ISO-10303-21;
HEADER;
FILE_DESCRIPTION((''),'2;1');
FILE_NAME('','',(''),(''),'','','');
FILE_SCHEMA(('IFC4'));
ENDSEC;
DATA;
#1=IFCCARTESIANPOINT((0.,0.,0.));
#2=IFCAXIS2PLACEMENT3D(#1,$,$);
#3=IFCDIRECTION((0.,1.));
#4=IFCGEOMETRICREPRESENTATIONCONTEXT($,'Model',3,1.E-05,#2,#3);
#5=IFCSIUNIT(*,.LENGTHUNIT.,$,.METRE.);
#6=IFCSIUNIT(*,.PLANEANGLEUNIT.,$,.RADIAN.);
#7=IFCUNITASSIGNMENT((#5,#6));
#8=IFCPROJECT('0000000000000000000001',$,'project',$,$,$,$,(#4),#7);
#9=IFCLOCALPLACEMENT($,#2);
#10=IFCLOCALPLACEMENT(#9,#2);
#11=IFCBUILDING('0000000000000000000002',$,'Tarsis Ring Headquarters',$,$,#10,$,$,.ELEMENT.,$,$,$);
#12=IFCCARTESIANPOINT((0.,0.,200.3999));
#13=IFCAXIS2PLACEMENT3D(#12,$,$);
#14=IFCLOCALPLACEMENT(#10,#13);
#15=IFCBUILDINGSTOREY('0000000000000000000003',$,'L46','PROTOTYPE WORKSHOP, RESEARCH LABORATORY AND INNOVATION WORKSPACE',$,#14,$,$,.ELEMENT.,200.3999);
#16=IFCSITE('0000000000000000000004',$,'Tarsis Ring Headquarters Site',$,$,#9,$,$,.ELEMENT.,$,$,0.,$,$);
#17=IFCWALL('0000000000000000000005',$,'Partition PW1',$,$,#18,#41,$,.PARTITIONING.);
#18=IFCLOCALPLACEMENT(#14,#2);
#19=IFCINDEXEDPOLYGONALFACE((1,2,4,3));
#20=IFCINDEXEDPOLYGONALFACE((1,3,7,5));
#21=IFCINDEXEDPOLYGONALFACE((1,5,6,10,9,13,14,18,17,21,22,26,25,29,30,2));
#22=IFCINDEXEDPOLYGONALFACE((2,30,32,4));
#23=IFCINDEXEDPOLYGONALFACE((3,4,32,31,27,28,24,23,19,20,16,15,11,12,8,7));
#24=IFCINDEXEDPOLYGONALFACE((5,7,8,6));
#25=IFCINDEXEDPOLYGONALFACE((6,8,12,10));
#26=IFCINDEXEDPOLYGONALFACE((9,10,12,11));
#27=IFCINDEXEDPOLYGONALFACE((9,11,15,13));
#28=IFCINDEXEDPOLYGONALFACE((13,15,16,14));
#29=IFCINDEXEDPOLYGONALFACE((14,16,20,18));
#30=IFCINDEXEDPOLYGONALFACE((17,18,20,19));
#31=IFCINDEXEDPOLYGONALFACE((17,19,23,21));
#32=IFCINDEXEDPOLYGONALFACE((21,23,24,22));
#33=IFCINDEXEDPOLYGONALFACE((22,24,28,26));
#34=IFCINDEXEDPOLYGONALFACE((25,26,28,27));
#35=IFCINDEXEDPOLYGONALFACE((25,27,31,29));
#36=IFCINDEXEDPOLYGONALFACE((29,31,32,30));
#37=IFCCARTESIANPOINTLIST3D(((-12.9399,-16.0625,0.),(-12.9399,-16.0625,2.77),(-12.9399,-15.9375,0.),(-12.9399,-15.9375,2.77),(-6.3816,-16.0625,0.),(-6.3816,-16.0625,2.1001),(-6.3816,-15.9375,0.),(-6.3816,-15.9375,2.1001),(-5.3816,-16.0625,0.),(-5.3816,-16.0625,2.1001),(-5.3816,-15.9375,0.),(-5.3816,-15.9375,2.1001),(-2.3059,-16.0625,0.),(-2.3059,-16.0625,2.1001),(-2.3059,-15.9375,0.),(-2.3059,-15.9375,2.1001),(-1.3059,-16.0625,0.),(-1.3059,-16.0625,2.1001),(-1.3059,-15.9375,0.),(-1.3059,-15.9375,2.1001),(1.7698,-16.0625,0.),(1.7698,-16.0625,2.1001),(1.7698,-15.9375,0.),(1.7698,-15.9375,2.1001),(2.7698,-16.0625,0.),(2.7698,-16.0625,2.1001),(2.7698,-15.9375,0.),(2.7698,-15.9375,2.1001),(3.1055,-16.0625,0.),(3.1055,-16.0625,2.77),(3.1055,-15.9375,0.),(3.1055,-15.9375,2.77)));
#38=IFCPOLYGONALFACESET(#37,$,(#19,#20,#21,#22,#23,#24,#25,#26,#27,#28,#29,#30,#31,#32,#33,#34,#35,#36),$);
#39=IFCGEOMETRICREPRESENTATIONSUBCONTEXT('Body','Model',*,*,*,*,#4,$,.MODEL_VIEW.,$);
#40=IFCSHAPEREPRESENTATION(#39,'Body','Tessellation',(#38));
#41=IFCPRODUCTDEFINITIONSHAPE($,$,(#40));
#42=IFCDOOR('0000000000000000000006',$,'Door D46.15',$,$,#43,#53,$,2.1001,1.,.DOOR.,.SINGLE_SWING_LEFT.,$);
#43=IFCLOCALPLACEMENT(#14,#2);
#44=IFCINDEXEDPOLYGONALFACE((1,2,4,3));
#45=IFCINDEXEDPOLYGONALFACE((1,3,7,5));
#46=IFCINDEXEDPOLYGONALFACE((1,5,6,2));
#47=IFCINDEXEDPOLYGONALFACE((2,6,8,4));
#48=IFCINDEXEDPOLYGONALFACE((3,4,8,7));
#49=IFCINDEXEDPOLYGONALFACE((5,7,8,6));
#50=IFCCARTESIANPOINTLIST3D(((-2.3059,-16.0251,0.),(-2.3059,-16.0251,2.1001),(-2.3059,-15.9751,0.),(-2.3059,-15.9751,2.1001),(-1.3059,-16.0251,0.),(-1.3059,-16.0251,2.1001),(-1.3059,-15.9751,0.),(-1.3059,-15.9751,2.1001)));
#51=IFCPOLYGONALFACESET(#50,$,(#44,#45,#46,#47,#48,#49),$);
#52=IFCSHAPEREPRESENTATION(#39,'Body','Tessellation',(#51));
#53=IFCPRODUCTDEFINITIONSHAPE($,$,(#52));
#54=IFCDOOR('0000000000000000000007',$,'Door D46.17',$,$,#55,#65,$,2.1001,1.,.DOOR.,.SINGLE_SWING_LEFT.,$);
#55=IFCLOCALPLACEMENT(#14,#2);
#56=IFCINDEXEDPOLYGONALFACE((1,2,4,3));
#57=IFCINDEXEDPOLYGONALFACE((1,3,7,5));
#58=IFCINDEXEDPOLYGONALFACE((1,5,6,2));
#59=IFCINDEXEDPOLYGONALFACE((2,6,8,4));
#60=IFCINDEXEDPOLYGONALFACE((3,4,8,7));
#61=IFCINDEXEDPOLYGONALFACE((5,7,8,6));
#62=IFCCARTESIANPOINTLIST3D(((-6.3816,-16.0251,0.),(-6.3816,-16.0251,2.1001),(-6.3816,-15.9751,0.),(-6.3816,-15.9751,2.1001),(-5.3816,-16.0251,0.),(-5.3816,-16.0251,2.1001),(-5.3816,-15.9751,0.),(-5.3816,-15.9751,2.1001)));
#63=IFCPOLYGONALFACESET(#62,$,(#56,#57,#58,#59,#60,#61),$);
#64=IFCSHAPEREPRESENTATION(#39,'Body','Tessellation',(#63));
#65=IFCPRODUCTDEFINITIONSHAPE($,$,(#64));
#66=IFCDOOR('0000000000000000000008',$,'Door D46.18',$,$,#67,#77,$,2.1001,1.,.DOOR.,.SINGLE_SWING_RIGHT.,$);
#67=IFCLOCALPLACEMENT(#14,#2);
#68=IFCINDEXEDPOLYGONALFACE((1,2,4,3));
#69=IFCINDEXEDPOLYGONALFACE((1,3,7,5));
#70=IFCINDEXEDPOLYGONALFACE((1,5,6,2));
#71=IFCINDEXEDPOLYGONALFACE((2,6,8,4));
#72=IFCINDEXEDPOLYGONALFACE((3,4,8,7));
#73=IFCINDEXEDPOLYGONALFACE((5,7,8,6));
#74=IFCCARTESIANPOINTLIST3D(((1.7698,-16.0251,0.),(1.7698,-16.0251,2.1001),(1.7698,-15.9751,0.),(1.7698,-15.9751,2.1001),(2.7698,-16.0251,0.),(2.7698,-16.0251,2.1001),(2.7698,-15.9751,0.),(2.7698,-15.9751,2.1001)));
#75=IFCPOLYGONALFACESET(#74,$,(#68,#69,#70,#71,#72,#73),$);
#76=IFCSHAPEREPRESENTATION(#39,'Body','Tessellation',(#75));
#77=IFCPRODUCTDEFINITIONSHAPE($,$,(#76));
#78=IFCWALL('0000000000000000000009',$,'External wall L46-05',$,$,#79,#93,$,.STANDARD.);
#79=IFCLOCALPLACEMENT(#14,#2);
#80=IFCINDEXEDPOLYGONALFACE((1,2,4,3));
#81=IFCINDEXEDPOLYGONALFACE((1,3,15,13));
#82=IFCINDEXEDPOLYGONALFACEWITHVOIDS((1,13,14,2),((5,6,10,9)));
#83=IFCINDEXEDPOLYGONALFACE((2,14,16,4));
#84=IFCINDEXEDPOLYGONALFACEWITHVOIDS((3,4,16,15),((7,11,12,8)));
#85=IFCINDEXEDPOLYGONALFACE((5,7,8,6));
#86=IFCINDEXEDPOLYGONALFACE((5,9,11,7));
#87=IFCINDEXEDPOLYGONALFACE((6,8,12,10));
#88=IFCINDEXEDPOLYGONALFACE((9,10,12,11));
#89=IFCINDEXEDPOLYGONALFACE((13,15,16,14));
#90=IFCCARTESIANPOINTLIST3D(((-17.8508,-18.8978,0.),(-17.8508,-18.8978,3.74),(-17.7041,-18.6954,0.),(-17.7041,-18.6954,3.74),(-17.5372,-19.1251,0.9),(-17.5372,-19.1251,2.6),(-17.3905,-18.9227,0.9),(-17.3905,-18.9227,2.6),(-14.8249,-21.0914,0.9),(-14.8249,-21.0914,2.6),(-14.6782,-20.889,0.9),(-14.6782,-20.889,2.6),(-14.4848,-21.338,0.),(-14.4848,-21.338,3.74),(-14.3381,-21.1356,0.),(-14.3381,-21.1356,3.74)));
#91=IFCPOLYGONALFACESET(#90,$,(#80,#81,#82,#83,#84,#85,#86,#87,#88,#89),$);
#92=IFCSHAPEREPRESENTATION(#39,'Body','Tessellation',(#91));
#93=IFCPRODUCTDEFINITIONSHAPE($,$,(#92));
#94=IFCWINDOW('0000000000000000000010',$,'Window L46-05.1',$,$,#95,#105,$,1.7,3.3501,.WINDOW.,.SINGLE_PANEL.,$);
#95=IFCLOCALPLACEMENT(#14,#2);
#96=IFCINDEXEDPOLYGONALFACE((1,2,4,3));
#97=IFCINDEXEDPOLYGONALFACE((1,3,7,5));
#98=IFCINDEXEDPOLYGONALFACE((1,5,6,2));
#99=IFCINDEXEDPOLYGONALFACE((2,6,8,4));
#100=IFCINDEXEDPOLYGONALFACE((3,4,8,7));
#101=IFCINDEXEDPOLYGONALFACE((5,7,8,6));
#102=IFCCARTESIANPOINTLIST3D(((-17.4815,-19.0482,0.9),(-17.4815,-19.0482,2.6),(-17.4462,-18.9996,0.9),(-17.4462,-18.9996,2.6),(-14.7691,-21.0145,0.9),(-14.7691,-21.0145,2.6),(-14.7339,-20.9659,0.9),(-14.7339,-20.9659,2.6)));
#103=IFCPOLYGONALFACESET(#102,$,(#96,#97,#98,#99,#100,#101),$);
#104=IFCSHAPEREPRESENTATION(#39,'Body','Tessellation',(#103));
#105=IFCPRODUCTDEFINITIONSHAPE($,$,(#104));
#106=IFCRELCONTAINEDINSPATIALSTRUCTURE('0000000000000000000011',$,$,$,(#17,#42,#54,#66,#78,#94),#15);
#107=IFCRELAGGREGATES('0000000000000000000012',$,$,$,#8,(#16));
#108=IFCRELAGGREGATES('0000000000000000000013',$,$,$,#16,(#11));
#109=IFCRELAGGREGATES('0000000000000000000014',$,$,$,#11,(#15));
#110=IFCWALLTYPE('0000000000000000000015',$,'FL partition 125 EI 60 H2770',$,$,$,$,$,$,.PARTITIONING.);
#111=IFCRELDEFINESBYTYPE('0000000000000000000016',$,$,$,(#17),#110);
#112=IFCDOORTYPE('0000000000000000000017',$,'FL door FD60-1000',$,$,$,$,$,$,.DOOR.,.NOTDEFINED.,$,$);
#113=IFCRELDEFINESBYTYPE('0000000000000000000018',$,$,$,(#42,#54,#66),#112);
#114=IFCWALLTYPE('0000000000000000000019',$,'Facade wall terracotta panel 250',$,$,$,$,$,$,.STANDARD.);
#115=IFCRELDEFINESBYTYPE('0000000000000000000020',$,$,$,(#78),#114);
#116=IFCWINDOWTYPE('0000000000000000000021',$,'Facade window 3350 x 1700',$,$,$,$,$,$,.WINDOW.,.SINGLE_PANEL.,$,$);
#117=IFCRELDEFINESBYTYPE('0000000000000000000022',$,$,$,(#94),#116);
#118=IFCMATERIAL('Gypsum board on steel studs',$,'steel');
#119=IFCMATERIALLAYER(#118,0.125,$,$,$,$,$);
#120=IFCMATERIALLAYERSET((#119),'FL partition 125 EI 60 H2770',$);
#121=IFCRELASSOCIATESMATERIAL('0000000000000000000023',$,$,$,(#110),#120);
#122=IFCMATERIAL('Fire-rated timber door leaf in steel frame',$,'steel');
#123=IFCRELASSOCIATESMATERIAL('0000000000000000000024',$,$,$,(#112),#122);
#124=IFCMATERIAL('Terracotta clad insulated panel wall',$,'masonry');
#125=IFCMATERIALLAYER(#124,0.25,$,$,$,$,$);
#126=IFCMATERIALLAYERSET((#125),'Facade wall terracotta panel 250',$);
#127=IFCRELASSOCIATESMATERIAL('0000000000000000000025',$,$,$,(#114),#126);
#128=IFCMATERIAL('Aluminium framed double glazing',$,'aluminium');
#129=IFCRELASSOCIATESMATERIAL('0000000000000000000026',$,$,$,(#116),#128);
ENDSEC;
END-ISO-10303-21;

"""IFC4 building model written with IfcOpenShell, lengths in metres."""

from ifc_helpers import new_model, si_unit, direction, frame, frame_2d, origin, place, context, subcontext, project, spatial, rectangle, extrude, material, layer, layer_set, type_object, element, fill, save


model = new_model("IFC4")

# Units and contexts
model_context = context("Model", 3, precision=1e-05, world=origin(), true_north=direction((0.0, 1.0)))
body_context = subcontext(model_context, "Body", "Model", "MODEL_VIEW")
ifc_project = project(units=[si_unit("LENGTHUNIT", "METRE"), si_unit("PLANEANGLEUNIT", "RADIAN")], contexts=[model_context])

# Site, building, storey
site_placement = place(None, origin())
site = spatial("IfcSite", under=ifc_project, at=site_placement, Name="Tarsis Ring Headquarters Site", CompositionType="ELEMENT", RefElevation=0.0)
building_placement = place(site_placement, origin())
building = spatial("IfcBuilding", under=site, at=building_placement, Name="Tarsis Ring Headquarters", CompositionType="ELEMENT")
storey_placement = place(building_placement, frame((0.0, 0.0, 200.3999)))
storey = spatial("IfcBuildingStorey", under=building, at=storey_placement, Name="L46", Description="PROTOTYPE WORKSHOP, RESEARCH LABORATORY AND INNOVATION WORKSPACE", CompositionType="ELEMENT", Elevation=200.3999)

# Shared definitions
ifc_material_1 = material(Name="Gypsum board on steel studs", Category="steel")

# Wall, openings, doors
ifc_layer_1 = layer(ifc_material_1, 0.125)
ifc_layer_set_1 = layer_set([ifc_layer_1], Name="FL partition 125 EI 60 H2770")
wall_type_1 = type_object("IfcWallType", Name="FL partition 125 EI 60 H2770", PredefinedType="PARTITIONING", material=ifc_layer_set_1)
ifc_material_2 = material(Name="Fire-rated timber door leaf in steel frame", Category="steel")
door_type_1 = type_object("IfcDoorType", Name="FL door FD60-1000", OperationType="NOTDEFINED", PredefinedType="DOOR", material=ifc_material_2)
wall_1_placement = place(storey_placement, frame((-12.9399, -16.0, 0.0), z_axis=(0.0, 0.0, 1.0), x_axis=(1.0, 0.0, 0.0)))
wall_1 = element("IfcWall", 1, at=wall_1_placement, inside=storey, type_object=wall_type_1, Name="Partition PW1", PredefinedType="PARTITIONING", context=body_context, shape_type="SweptSolid", body=[
    extrude(rectangle(XDim=16.0454, YDim=0.125, at=frame_2d((8.0227, 0.0))), origin(), (0.0, 0.0, 1.0), 2.77),
])
opening_1_placement = place(wall_1_placement, frame((10.634, 0.0, 0.0)))
opening_1 = element("IfcOpeningElement", 2, at=opening_1_placement, cuts=wall_1, PredefinedType="OPENING", context=body_context, shape_type="SweptSolid", body=[
    extrude(rectangle(XDim=1.0, YDim=2.1001, at=frame_2d((0.5, 1.05))), frame((0.0, 0.0725, 0.0), z_axis=(0.0, -1.0, 0.0), x_axis=(1.0, 0.0, 0.0)), (0.0, 0.0, 1.0), 0.145),
])
opening_2_placement = place(wall_1_placement, frame((6.5583, 0.0, 0.0)))
opening_2 = element("IfcOpeningElement", 3, at=opening_2_placement, cuts=wall_1, PredefinedType="OPENING", context=body_context, shape_type="SweptSolid", body=[
    extrude(rectangle(XDim=1.0, YDim=2.1001, at=frame_2d((0.5, 1.05))), frame((0.0, 0.0725, 0.0), z_axis=(0.0, -1.0, 0.0), x_axis=(1.0, 0.0, 0.0)), (0.0, 0.0, 1.0), 0.145),
])
opening_3_placement = place(wall_1_placement, frame((14.7097, 0.0, 0.0)))
opening_3 = element("IfcOpeningElement", 4, at=opening_3_placement, cuts=wall_1, PredefinedType="OPENING", context=body_context, shape_type="SweptSolid", body=[
    extrude(rectangle(XDim=1.0, YDim=2.1001, at=frame_2d((0.5, 1.05))), frame((0.0, 0.0725, 0.0), z_axis=(0.0, -1.0, 0.0), x_axis=(1.0, 0.0, 0.0)), (0.0, 0.0, 1.0), 0.145),
])
door_1_placement = place(opening_1_placement, origin())
door_1 = element("IfcDoor", 5, at=door_1_placement, inside=storey, type_object=door_type_1, Name="Door D46.15", OperationType="SINGLE_SWING_LEFT", OverallHeight=2.1001, OverallWidth=1.0, PredefinedType="DOOR", context=body_context, shape_type="SweptSolid", body=[
    extrude(rectangle(XDim=1.0, YDim=2.1001, at=frame_2d((0.5, 1.05))), frame((0.0, 0.0249, 0.0), z_axis=(0.0, -1.0, 0.0), x_axis=(1.0, 0.0, 0.0)), (0.0, 0.0, 1.0), 0.05),
])
fill(opening_1, door_1)
door_2_placement = place(opening_2_placement, origin())
door_2 = element("IfcDoor", 6, at=door_2_placement, inside=storey, type_object=door_type_1, Name="Door D46.17", OperationType="SINGLE_SWING_LEFT", OverallHeight=2.1001, OverallWidth=1.0, PredefinedType="DOOR", context=body_context, shape_type="SweptSolid", body=[
    extrude(rectangle(XDim=1.0, YDim=2.1001, at=frame_2d((0.5, 1.05))), frame((0.0, 0.0249, 0.0), z_axis=(0.0, -1.0, 0.0), x_axis=(1.0, 0.0, 0.0)), (0.0, 0.0, 1.0), 0.05),
])
fill(opening_2, door_2)
door_3_placement = place(opening_3_placement, origin())
door_3 = element("IfcDoor", 7, at=door_3_placement, inside=storey, type_object=door_type_1, Name="Door D46.18", OperationType="SINGLE_SWING_RIGHT", OverallHeight=2.1001, OverallWidth=1.0, PredefinedType="DOOR", context=body_context, shape_type="SweptSolid", body=[
    extrude(rectangle(XDim=1.0, YDim=2.1001, at=frame_2d((0.5, 1.05))), frame((0.0, 0.0249, 0.0), z_axis=(0.0, -1.0, 0.0), x_axis=(1.0, 0.0, 0.0)), (0.0, 0.0, 1.0), 0.05),
])
fill(opening_3, door_3)

# Wall, opening, window
ifc_material_3 = material(Name="Terracotta clad insulated panel wall", Category="masonry")
ifc_layer_2 = layer(ifc_material_3, 0.25)
ifc_layer_set_2 = layer_set([ifc_layer_2], Name="Facade wall terracotta panel 250")
wall_type_2 = type_object("IfcWallType", Name="Facade wall terracotta panel 250", PredefinedType="STANDARD", material=ifc_layer_set_2)
wall_2_placement = place(storey_placement, frame((-17.7773, -18.7966, 0.0), z_axis=(0.0, 0.0, 1.0), x_axis=(0.809626, -0.586945, 0.0)))
wall_2 = element("IfcWall", 8, at=wall_2_placement, inside=storey, type_object=wall_type_2, Name="External wall L46-05", PredefinedType="STANDARD", context=body_context, shape_type="SweptSolid", body=[
    extrude(rectangle(XDim=4.1575, YDim=0.25, at=frame_2d((2.0786, 0.0))), origin(), (0.0, 0.0, 1.0), 3.74),
])
opening_4_placement = place(wall_2_placement, frame((0.3872, 0.0, 0.8999)))
opening_4 = element("IfcOpeningElement", 9, at=opening_4_placement, cuts=wall_2, PredefinedType="OPENING", context=body_context, shape_type="SweptSolid", body=[
    extrude(rectangle(XDim=3.3501, YDim=1.7, at=frame_2d((1.675, 0.8501))), frame((0.0, 0.135, 0.0), z_axis=(0.0, -1.0, 0.0), x_axis=(1.0, 0.0, 0.0)), (0.0, 0.0, 1.0), 0.27),
])
ifc_material_4 = material(Name="Aluminium framed double glazing", Category="aluminium")
window_type_1 = type_object("IfcWindowType", Name="Facade window 3350 x 1700", PartitioningType="SINGLE_PANEL", PredefinedType="WINDOW", material=ifc_material_4)
window_1_placement = place(opening_4_placement, origin())
window_1 = element("IfcWindow", 10, at=window_1_placement, inside=storey, type_object=window_type_1, Name="Window L46-05.1", OverallHeight=1.7, OverallWidth=3.3501, PartitioningType="SINGLE_PANEL", PredefinedType="WINDOW", context=body_context, shape_type="SweptSolid", body=[
    extrude(rectangle(XDim=3.3501, YDim=1.7, at=frame_2d((1.675, 0.8501))), frame((0.0, 0.03, 0.0), z_axis=(0.0, -1.0, 0.0), x_axis=(1.0, 0.0, 0.0)), (0.0, 0.0, 1.0), 0.0601),
])
fill(opening_4, window_1)

save(model, "model.ifc")
